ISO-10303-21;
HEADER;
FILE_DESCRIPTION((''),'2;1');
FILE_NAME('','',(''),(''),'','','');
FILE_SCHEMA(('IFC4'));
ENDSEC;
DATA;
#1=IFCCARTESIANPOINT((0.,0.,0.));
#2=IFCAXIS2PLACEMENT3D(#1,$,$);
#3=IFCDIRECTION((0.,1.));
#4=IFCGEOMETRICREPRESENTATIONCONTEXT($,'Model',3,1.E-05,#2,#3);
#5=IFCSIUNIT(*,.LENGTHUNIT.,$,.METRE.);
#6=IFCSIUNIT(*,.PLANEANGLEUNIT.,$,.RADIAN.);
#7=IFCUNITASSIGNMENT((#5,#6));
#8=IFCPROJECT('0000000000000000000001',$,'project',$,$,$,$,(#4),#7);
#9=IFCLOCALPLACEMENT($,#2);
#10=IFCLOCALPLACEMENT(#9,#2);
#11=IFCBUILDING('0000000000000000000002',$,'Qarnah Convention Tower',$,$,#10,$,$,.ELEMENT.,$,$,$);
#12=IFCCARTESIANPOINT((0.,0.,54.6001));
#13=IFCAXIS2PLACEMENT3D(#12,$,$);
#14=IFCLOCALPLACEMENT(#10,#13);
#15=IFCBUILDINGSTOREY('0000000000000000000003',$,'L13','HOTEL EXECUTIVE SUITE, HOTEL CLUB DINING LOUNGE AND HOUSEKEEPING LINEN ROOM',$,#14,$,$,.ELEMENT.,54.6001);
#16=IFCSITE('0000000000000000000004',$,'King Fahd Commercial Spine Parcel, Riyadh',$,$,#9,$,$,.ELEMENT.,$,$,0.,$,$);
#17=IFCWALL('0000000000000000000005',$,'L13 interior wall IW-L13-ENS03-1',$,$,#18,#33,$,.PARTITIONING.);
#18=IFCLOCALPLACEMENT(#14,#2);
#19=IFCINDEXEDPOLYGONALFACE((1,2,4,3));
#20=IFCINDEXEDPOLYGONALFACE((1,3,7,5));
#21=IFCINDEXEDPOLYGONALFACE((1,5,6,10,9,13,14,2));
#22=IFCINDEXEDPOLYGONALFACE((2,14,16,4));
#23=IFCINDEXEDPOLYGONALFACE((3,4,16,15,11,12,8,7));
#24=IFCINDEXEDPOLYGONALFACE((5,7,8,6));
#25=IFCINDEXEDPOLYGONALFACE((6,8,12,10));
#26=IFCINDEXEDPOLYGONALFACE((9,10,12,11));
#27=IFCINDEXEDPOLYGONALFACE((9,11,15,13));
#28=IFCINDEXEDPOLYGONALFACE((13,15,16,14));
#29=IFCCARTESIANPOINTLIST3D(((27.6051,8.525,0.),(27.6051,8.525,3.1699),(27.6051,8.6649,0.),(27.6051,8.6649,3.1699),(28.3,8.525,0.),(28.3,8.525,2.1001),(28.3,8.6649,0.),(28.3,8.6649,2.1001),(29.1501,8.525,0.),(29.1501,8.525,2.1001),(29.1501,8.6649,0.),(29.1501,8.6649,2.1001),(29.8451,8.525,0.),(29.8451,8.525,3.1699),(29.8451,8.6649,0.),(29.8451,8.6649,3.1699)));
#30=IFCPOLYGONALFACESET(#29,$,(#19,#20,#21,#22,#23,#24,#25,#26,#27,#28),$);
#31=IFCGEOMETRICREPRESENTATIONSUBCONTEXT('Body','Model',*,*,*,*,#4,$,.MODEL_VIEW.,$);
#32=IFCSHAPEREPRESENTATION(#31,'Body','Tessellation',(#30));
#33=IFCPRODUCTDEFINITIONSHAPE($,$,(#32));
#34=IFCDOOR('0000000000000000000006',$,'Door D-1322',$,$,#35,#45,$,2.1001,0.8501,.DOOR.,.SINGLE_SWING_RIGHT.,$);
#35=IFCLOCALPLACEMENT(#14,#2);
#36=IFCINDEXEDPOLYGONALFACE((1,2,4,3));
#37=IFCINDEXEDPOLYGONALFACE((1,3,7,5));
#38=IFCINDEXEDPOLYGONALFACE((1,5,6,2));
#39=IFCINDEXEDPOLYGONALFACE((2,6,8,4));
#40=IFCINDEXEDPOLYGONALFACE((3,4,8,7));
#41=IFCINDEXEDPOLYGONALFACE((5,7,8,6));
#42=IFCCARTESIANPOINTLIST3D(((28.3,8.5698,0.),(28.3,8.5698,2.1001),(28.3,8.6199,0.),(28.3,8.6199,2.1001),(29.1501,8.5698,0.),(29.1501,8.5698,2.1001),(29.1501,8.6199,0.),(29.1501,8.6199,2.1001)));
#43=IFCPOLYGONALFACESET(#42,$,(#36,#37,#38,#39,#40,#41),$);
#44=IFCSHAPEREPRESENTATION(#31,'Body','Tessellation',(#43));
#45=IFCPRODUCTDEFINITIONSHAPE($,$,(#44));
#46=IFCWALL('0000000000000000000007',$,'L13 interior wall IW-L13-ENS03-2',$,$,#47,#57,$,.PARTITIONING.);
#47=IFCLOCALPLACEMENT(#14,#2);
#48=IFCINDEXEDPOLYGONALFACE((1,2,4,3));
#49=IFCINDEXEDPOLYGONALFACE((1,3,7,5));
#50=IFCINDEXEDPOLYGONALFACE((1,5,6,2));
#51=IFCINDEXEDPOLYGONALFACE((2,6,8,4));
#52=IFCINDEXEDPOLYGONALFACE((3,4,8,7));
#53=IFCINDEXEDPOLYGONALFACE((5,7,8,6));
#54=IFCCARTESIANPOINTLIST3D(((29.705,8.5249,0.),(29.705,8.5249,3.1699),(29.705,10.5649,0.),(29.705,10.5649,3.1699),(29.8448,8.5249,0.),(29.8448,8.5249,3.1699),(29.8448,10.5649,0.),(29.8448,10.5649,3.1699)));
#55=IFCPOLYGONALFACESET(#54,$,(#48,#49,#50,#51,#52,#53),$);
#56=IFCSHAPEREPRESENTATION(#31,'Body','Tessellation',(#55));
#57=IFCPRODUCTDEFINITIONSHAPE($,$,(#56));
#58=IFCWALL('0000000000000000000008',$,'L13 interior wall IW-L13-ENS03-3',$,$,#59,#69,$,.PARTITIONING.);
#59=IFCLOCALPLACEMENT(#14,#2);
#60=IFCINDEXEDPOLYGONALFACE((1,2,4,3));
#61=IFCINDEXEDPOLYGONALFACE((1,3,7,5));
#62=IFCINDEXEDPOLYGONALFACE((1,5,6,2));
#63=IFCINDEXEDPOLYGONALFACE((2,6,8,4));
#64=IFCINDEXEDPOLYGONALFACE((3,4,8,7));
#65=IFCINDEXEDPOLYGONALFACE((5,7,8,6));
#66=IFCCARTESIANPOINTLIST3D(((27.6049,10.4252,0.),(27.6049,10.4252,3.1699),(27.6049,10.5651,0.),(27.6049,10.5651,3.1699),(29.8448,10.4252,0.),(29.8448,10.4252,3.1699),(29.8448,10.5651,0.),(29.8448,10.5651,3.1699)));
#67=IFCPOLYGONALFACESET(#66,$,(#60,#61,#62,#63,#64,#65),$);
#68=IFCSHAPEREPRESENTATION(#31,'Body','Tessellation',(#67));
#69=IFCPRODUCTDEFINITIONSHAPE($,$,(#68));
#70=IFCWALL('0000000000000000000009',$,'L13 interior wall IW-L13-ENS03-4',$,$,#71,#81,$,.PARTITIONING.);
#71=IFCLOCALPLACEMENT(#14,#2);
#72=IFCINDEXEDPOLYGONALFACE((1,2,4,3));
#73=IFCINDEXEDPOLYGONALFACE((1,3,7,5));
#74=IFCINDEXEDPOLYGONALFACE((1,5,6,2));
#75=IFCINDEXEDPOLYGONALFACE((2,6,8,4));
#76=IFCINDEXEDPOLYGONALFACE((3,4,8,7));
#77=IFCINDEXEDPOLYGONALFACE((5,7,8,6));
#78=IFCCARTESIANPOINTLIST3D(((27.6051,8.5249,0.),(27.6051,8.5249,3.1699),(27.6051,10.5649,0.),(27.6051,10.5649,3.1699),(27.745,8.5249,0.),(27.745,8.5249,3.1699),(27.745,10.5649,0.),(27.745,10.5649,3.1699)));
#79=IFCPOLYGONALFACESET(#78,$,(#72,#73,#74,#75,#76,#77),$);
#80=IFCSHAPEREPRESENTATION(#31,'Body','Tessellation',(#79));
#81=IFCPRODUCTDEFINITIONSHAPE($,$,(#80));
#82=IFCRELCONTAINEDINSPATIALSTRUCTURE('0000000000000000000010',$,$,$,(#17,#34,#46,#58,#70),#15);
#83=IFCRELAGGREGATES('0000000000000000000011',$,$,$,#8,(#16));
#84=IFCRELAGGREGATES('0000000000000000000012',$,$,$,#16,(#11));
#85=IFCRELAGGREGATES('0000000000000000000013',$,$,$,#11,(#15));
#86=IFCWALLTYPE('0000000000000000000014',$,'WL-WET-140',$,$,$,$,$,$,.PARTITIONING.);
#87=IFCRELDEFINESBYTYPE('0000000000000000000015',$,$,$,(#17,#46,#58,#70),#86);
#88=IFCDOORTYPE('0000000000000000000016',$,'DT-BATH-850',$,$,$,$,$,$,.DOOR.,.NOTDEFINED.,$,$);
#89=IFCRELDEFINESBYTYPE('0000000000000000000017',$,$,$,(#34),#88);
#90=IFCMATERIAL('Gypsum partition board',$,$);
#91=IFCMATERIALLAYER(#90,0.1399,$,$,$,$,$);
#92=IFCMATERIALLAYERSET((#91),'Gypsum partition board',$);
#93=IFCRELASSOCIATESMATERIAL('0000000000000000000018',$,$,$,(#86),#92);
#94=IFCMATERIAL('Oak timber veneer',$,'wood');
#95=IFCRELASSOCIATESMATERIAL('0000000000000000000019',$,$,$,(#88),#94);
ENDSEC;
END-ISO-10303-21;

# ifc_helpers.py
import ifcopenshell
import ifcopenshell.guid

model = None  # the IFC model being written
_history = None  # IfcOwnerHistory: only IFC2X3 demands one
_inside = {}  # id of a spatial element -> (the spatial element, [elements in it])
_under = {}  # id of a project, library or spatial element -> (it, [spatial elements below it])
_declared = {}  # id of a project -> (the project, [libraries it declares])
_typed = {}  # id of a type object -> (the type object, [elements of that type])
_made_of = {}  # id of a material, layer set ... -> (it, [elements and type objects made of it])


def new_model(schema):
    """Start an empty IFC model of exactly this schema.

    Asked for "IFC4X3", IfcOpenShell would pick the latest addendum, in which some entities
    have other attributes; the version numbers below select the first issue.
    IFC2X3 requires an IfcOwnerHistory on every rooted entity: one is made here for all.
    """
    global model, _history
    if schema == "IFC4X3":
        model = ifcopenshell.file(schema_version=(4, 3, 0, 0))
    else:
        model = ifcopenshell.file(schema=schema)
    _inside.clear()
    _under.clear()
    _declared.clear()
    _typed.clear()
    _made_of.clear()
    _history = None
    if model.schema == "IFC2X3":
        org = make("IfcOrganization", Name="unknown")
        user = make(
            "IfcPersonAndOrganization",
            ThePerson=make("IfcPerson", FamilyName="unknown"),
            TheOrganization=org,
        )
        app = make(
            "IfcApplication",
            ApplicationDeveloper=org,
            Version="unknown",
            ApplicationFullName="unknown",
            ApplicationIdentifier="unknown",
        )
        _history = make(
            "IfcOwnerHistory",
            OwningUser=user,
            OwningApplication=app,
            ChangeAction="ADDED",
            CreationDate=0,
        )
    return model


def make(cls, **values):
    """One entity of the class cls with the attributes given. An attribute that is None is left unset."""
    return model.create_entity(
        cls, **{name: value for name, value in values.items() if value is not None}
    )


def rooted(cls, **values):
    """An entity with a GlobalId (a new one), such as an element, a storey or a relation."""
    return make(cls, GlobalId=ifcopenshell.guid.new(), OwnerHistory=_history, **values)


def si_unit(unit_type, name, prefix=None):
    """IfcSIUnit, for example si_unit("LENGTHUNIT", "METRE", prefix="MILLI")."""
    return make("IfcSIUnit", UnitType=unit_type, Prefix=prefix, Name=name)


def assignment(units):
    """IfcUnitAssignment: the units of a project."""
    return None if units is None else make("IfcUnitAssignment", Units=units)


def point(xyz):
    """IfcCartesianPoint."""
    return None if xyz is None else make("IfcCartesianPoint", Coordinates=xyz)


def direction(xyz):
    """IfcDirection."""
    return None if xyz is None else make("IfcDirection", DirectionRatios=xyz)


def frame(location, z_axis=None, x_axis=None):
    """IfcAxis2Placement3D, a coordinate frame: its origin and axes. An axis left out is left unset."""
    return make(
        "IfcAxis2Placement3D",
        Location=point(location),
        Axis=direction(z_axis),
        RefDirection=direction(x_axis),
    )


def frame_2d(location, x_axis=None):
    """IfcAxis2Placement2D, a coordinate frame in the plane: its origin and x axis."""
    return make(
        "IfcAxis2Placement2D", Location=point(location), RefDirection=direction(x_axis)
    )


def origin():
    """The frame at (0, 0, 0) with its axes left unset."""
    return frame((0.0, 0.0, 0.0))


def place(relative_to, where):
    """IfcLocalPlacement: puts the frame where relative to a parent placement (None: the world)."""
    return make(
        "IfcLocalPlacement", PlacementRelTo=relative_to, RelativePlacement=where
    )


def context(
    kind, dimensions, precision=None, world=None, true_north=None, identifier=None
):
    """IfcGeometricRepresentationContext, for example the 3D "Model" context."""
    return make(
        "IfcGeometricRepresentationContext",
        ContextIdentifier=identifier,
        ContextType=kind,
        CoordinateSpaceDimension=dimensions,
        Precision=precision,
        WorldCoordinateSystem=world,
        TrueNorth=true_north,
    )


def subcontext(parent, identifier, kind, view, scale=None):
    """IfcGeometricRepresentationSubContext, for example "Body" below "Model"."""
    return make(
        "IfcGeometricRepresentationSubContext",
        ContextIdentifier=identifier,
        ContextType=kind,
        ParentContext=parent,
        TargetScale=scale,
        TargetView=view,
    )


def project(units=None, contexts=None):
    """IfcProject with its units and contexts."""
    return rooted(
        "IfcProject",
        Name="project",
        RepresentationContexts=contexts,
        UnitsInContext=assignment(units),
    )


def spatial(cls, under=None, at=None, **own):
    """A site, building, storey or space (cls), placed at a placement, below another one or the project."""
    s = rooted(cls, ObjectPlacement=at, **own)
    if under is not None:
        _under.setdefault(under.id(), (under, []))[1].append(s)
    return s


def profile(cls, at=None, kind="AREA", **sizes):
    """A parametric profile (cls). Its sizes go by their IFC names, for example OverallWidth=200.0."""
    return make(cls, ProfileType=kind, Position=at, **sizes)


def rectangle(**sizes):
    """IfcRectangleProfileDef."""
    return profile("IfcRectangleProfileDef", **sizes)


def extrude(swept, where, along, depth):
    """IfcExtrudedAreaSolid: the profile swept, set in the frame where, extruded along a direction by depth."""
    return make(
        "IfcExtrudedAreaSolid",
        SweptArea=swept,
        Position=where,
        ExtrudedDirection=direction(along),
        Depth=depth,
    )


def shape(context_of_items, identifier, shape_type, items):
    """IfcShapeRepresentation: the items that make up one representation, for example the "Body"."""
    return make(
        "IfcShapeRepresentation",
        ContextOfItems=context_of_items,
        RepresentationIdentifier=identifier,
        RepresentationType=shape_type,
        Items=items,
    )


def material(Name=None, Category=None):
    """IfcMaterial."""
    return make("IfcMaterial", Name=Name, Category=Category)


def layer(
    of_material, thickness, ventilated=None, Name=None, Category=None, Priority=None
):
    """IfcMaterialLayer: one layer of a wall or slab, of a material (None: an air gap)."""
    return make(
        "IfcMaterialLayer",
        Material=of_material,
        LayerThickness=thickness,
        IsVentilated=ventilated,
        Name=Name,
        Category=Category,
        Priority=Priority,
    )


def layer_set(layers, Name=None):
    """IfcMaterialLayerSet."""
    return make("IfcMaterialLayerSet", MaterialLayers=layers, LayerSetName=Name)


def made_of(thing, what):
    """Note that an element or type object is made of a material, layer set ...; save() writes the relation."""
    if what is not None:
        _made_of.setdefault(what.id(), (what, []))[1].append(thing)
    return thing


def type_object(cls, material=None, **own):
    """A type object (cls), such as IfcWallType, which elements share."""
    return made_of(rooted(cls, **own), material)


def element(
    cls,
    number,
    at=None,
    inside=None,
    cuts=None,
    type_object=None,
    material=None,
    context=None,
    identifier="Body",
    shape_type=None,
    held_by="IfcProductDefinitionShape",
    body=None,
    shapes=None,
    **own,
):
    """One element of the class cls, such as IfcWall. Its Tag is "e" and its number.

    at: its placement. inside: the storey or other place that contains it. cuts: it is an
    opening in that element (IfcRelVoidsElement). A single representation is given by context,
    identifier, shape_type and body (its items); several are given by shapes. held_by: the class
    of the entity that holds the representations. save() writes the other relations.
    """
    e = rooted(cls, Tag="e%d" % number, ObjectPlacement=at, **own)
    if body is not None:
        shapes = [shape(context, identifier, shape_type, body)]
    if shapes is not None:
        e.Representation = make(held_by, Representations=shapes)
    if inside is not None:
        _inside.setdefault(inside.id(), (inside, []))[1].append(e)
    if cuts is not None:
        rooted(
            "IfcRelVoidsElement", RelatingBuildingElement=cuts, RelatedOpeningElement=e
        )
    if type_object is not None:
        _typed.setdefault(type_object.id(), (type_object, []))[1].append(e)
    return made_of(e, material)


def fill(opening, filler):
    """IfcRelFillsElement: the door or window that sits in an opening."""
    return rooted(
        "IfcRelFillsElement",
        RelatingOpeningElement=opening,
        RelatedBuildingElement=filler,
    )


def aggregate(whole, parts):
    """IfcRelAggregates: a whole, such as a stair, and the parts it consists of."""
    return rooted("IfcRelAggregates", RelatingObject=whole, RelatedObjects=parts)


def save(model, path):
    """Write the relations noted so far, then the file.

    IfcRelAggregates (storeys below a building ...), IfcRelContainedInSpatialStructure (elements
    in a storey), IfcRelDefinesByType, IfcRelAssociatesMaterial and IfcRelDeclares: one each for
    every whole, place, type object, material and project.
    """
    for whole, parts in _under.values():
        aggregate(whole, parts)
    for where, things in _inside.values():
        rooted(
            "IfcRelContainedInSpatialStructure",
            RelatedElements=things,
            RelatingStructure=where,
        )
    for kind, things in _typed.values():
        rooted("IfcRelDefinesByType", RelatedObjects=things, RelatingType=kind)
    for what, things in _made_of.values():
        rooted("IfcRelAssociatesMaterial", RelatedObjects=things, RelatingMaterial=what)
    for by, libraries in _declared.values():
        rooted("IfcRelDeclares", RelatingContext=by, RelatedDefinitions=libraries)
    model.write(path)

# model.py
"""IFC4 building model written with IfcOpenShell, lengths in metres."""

from ifc_helpers import new_model, si_unit, direction, frame, frame_2d, origin, place, context, subcontext, project, spatial, rectangle, extrude, material, layer, layer_set, type_object, element, fill, save


model = new_model("IFC4")

# Units and contexts
model_context = context("Model", 3, precision=1e-05, world=origin(), true_north=direction((0.0, 1.0)))
body_context = subcontext(model_context, "Body", "Model", "MODEL_VIEW")
ifc_project = project(units=[si_unit("LENGTHUNIT", "METRE"), si_unit("PLANEANGLEUNIT", "RADIAN")], contexts=[model_context])

# Site, building, storey
site_placement = place(None, origin())
site = spatial("IfcSite", under=ifc_project, at=site_placement, Name="King Fahd Commercial Spine Parcel, Riyadh", CompositionType="ELEMENT", RefElevation=0.0)
building_placement = place(site_placement, origin())
building = spatial("IfcBuilding", under=site, at=building_placement, Name="Qarnah Convention Tower", CompositionType="ELEMENT")
storey_placement = place(building_placement, frame((0.0, 0.0, 54.6001)))
storey = spatial("IfcBuildingStorey", under=building, at=storey_placement, Name="L13", Description="HOTEL EXECUTIVE SUITE, HOTEL CLUB DINING LOUNGE AND HOUSEKEEPING LINEN ROOM", CompositionType="ELEMENT", Elevation=54.6001)

# Shared definitions
ifc_material_1 = material(Name="Gypsum partition board")

# Wall, opening, door
ifc_layer_1 = layer(ifc_material_1, 0.1399)
ifc_layer_set_1 = layer_set([ifc_layer_1], Name="Gypsum partition board")
wall_type_1 = type_object("IfcWallType", Name="WL-WET-140", PredefinedType="PARTITIONING", material=ifc_layer_set_1)
wall_1_placement = place(storey_placement, frame((27.605, 8.595, 0.0), z_axis=(0.0, 0.0, 1.0), x_axis=(1.0, 0.0, 0.0)))
wall_1 = element("IfcWall", 1, at=wall_1_placement, inside=storey, type_object=wall_type_1, Name="L13 interior wall IW-L13-ENS03-1", PredefinedType="PARTITIONING", context=body_context, shape_type="SweptSolid", body=[
    extrude(rectangle(XDim=2.24, YDim=0.1399, at=frame_2d((1.1201, 0.0))), origin(), (0.0, 0.0, 1.0), 3.1699),
])
opening_placement = place(wall_1_placement, frame((0.6951, 0.0, 0.0)))
opening = element("IfcOpeningElement", 2, at=opening_placement, cuts=wall_1, PredefinedType="OPENING", context=body_context, shape_type="SweptSolid", body=[
    extrude(rectangle(XDim=0.8501, YDim=2.1001, at=frame_2d((0.425, 1.05))), frame((0.0, 0.0798, 0.0), z_axis=(0.0, -1.0, 0.0), x_axis=(1.0, 0.0, 0.0)), (0.0, 0.0, 1.0), 0.1599),
])
ifc_material_2 = material(Name="Oak timber veneer", Category="wood")
door_type = type_object("IfcDoorType", Name="DT-BATH-850", OperationType="NOTDEFINED", PredefinedType="DOOR", material=ifc_material_2)
door_placement = place(opening_placement, origin())
door = element("IfcDoor", 3, at=door_placement, inside=storey, type_object=door_type, Name="Door D-1322", OperationType="SINGLE_SWING_RIGHT", OverallHeight=2.1001, OverallWidth=0.8501, PredefinedType="DOOR", context=body_context, shape_type="SweptSolid", body=[
    extrude(rectangle(XDim=0.8501, YDim=2.1001, at=frame_2d((0.425, 1.05))), frame((0.0, 0.0249, 0.0), z_axis=(0.0, -1.0, 0.0), x_axis=(1.0, 0.0, 0.0)), (0.0, 0.0, 1.0), 0.05),
])
fill(opening, door)

# Walls
wall_2_placement = place(storey_placement, frame((29.7749, 8.5249, 0.0), z_axis=(0.0, 0.0, 1.0), x_axis=(0.0, 1.0, 0.0)))
element("IfcWall", 4, at=wall_2_placement, inside=storey, type_object=wall_type_1, Name="L13 interior wall IW-L13-ENS03-2", PredefinedType="PARTITIONING", context=body_context, shape_type="SweptSolid", body=[
    extrude(rectangle(XDim=2.04, YDim=0.1399, at=frame_2d((1.02, 0.0))), origin(), (0.0, 0.0, 1.0), 3.1699),
])
wall_3_placement = place(storey_placement, frame((29.845, 10.4951, 0.0), z_axis=(0.0, 0.0, 1.0), x_axis=(-1.0, 0.0, 0.0)))
element("IfcWall", 5, at=wall_3_placement, inside=storey, type_object=wall_type_1, Name="L13 interior wall IW-L13-ENS03-3", PredefinedType="PARTITIONING", context=body_context, shape_type="SweptSolid", body=[
    extrude(rectangle(XDim=2.24, YDim=0.1399, at=frame_2d((1.1201, 0.0))), origin(), (0.0, 0.0, 1.0), 3.1699),
])
wall_4_placement = place(storey_placement, frame((27.675, 10.5649, 0.0), z_axis=(0.0, 0.0, 1.0), x_axis=(0.0, -1.0, 0.0)))
element("IfcWall", 6, at=wall_4_placement, inside=storey, type_object=wall_type_1, Name="L13 interior wall IW-L13-ENS03-4", PredefinedType="PARTITIONING", context=body_context, shape_type="SweptSolid", body=[
    extrude(rectangle(XDim=2.04, YDim=0.1399, at=frame_2d((1.02, 0.0))), origin(), (0.0, 0.0, 1.0), 3.1699),
])

save(model, "model.ifc")
